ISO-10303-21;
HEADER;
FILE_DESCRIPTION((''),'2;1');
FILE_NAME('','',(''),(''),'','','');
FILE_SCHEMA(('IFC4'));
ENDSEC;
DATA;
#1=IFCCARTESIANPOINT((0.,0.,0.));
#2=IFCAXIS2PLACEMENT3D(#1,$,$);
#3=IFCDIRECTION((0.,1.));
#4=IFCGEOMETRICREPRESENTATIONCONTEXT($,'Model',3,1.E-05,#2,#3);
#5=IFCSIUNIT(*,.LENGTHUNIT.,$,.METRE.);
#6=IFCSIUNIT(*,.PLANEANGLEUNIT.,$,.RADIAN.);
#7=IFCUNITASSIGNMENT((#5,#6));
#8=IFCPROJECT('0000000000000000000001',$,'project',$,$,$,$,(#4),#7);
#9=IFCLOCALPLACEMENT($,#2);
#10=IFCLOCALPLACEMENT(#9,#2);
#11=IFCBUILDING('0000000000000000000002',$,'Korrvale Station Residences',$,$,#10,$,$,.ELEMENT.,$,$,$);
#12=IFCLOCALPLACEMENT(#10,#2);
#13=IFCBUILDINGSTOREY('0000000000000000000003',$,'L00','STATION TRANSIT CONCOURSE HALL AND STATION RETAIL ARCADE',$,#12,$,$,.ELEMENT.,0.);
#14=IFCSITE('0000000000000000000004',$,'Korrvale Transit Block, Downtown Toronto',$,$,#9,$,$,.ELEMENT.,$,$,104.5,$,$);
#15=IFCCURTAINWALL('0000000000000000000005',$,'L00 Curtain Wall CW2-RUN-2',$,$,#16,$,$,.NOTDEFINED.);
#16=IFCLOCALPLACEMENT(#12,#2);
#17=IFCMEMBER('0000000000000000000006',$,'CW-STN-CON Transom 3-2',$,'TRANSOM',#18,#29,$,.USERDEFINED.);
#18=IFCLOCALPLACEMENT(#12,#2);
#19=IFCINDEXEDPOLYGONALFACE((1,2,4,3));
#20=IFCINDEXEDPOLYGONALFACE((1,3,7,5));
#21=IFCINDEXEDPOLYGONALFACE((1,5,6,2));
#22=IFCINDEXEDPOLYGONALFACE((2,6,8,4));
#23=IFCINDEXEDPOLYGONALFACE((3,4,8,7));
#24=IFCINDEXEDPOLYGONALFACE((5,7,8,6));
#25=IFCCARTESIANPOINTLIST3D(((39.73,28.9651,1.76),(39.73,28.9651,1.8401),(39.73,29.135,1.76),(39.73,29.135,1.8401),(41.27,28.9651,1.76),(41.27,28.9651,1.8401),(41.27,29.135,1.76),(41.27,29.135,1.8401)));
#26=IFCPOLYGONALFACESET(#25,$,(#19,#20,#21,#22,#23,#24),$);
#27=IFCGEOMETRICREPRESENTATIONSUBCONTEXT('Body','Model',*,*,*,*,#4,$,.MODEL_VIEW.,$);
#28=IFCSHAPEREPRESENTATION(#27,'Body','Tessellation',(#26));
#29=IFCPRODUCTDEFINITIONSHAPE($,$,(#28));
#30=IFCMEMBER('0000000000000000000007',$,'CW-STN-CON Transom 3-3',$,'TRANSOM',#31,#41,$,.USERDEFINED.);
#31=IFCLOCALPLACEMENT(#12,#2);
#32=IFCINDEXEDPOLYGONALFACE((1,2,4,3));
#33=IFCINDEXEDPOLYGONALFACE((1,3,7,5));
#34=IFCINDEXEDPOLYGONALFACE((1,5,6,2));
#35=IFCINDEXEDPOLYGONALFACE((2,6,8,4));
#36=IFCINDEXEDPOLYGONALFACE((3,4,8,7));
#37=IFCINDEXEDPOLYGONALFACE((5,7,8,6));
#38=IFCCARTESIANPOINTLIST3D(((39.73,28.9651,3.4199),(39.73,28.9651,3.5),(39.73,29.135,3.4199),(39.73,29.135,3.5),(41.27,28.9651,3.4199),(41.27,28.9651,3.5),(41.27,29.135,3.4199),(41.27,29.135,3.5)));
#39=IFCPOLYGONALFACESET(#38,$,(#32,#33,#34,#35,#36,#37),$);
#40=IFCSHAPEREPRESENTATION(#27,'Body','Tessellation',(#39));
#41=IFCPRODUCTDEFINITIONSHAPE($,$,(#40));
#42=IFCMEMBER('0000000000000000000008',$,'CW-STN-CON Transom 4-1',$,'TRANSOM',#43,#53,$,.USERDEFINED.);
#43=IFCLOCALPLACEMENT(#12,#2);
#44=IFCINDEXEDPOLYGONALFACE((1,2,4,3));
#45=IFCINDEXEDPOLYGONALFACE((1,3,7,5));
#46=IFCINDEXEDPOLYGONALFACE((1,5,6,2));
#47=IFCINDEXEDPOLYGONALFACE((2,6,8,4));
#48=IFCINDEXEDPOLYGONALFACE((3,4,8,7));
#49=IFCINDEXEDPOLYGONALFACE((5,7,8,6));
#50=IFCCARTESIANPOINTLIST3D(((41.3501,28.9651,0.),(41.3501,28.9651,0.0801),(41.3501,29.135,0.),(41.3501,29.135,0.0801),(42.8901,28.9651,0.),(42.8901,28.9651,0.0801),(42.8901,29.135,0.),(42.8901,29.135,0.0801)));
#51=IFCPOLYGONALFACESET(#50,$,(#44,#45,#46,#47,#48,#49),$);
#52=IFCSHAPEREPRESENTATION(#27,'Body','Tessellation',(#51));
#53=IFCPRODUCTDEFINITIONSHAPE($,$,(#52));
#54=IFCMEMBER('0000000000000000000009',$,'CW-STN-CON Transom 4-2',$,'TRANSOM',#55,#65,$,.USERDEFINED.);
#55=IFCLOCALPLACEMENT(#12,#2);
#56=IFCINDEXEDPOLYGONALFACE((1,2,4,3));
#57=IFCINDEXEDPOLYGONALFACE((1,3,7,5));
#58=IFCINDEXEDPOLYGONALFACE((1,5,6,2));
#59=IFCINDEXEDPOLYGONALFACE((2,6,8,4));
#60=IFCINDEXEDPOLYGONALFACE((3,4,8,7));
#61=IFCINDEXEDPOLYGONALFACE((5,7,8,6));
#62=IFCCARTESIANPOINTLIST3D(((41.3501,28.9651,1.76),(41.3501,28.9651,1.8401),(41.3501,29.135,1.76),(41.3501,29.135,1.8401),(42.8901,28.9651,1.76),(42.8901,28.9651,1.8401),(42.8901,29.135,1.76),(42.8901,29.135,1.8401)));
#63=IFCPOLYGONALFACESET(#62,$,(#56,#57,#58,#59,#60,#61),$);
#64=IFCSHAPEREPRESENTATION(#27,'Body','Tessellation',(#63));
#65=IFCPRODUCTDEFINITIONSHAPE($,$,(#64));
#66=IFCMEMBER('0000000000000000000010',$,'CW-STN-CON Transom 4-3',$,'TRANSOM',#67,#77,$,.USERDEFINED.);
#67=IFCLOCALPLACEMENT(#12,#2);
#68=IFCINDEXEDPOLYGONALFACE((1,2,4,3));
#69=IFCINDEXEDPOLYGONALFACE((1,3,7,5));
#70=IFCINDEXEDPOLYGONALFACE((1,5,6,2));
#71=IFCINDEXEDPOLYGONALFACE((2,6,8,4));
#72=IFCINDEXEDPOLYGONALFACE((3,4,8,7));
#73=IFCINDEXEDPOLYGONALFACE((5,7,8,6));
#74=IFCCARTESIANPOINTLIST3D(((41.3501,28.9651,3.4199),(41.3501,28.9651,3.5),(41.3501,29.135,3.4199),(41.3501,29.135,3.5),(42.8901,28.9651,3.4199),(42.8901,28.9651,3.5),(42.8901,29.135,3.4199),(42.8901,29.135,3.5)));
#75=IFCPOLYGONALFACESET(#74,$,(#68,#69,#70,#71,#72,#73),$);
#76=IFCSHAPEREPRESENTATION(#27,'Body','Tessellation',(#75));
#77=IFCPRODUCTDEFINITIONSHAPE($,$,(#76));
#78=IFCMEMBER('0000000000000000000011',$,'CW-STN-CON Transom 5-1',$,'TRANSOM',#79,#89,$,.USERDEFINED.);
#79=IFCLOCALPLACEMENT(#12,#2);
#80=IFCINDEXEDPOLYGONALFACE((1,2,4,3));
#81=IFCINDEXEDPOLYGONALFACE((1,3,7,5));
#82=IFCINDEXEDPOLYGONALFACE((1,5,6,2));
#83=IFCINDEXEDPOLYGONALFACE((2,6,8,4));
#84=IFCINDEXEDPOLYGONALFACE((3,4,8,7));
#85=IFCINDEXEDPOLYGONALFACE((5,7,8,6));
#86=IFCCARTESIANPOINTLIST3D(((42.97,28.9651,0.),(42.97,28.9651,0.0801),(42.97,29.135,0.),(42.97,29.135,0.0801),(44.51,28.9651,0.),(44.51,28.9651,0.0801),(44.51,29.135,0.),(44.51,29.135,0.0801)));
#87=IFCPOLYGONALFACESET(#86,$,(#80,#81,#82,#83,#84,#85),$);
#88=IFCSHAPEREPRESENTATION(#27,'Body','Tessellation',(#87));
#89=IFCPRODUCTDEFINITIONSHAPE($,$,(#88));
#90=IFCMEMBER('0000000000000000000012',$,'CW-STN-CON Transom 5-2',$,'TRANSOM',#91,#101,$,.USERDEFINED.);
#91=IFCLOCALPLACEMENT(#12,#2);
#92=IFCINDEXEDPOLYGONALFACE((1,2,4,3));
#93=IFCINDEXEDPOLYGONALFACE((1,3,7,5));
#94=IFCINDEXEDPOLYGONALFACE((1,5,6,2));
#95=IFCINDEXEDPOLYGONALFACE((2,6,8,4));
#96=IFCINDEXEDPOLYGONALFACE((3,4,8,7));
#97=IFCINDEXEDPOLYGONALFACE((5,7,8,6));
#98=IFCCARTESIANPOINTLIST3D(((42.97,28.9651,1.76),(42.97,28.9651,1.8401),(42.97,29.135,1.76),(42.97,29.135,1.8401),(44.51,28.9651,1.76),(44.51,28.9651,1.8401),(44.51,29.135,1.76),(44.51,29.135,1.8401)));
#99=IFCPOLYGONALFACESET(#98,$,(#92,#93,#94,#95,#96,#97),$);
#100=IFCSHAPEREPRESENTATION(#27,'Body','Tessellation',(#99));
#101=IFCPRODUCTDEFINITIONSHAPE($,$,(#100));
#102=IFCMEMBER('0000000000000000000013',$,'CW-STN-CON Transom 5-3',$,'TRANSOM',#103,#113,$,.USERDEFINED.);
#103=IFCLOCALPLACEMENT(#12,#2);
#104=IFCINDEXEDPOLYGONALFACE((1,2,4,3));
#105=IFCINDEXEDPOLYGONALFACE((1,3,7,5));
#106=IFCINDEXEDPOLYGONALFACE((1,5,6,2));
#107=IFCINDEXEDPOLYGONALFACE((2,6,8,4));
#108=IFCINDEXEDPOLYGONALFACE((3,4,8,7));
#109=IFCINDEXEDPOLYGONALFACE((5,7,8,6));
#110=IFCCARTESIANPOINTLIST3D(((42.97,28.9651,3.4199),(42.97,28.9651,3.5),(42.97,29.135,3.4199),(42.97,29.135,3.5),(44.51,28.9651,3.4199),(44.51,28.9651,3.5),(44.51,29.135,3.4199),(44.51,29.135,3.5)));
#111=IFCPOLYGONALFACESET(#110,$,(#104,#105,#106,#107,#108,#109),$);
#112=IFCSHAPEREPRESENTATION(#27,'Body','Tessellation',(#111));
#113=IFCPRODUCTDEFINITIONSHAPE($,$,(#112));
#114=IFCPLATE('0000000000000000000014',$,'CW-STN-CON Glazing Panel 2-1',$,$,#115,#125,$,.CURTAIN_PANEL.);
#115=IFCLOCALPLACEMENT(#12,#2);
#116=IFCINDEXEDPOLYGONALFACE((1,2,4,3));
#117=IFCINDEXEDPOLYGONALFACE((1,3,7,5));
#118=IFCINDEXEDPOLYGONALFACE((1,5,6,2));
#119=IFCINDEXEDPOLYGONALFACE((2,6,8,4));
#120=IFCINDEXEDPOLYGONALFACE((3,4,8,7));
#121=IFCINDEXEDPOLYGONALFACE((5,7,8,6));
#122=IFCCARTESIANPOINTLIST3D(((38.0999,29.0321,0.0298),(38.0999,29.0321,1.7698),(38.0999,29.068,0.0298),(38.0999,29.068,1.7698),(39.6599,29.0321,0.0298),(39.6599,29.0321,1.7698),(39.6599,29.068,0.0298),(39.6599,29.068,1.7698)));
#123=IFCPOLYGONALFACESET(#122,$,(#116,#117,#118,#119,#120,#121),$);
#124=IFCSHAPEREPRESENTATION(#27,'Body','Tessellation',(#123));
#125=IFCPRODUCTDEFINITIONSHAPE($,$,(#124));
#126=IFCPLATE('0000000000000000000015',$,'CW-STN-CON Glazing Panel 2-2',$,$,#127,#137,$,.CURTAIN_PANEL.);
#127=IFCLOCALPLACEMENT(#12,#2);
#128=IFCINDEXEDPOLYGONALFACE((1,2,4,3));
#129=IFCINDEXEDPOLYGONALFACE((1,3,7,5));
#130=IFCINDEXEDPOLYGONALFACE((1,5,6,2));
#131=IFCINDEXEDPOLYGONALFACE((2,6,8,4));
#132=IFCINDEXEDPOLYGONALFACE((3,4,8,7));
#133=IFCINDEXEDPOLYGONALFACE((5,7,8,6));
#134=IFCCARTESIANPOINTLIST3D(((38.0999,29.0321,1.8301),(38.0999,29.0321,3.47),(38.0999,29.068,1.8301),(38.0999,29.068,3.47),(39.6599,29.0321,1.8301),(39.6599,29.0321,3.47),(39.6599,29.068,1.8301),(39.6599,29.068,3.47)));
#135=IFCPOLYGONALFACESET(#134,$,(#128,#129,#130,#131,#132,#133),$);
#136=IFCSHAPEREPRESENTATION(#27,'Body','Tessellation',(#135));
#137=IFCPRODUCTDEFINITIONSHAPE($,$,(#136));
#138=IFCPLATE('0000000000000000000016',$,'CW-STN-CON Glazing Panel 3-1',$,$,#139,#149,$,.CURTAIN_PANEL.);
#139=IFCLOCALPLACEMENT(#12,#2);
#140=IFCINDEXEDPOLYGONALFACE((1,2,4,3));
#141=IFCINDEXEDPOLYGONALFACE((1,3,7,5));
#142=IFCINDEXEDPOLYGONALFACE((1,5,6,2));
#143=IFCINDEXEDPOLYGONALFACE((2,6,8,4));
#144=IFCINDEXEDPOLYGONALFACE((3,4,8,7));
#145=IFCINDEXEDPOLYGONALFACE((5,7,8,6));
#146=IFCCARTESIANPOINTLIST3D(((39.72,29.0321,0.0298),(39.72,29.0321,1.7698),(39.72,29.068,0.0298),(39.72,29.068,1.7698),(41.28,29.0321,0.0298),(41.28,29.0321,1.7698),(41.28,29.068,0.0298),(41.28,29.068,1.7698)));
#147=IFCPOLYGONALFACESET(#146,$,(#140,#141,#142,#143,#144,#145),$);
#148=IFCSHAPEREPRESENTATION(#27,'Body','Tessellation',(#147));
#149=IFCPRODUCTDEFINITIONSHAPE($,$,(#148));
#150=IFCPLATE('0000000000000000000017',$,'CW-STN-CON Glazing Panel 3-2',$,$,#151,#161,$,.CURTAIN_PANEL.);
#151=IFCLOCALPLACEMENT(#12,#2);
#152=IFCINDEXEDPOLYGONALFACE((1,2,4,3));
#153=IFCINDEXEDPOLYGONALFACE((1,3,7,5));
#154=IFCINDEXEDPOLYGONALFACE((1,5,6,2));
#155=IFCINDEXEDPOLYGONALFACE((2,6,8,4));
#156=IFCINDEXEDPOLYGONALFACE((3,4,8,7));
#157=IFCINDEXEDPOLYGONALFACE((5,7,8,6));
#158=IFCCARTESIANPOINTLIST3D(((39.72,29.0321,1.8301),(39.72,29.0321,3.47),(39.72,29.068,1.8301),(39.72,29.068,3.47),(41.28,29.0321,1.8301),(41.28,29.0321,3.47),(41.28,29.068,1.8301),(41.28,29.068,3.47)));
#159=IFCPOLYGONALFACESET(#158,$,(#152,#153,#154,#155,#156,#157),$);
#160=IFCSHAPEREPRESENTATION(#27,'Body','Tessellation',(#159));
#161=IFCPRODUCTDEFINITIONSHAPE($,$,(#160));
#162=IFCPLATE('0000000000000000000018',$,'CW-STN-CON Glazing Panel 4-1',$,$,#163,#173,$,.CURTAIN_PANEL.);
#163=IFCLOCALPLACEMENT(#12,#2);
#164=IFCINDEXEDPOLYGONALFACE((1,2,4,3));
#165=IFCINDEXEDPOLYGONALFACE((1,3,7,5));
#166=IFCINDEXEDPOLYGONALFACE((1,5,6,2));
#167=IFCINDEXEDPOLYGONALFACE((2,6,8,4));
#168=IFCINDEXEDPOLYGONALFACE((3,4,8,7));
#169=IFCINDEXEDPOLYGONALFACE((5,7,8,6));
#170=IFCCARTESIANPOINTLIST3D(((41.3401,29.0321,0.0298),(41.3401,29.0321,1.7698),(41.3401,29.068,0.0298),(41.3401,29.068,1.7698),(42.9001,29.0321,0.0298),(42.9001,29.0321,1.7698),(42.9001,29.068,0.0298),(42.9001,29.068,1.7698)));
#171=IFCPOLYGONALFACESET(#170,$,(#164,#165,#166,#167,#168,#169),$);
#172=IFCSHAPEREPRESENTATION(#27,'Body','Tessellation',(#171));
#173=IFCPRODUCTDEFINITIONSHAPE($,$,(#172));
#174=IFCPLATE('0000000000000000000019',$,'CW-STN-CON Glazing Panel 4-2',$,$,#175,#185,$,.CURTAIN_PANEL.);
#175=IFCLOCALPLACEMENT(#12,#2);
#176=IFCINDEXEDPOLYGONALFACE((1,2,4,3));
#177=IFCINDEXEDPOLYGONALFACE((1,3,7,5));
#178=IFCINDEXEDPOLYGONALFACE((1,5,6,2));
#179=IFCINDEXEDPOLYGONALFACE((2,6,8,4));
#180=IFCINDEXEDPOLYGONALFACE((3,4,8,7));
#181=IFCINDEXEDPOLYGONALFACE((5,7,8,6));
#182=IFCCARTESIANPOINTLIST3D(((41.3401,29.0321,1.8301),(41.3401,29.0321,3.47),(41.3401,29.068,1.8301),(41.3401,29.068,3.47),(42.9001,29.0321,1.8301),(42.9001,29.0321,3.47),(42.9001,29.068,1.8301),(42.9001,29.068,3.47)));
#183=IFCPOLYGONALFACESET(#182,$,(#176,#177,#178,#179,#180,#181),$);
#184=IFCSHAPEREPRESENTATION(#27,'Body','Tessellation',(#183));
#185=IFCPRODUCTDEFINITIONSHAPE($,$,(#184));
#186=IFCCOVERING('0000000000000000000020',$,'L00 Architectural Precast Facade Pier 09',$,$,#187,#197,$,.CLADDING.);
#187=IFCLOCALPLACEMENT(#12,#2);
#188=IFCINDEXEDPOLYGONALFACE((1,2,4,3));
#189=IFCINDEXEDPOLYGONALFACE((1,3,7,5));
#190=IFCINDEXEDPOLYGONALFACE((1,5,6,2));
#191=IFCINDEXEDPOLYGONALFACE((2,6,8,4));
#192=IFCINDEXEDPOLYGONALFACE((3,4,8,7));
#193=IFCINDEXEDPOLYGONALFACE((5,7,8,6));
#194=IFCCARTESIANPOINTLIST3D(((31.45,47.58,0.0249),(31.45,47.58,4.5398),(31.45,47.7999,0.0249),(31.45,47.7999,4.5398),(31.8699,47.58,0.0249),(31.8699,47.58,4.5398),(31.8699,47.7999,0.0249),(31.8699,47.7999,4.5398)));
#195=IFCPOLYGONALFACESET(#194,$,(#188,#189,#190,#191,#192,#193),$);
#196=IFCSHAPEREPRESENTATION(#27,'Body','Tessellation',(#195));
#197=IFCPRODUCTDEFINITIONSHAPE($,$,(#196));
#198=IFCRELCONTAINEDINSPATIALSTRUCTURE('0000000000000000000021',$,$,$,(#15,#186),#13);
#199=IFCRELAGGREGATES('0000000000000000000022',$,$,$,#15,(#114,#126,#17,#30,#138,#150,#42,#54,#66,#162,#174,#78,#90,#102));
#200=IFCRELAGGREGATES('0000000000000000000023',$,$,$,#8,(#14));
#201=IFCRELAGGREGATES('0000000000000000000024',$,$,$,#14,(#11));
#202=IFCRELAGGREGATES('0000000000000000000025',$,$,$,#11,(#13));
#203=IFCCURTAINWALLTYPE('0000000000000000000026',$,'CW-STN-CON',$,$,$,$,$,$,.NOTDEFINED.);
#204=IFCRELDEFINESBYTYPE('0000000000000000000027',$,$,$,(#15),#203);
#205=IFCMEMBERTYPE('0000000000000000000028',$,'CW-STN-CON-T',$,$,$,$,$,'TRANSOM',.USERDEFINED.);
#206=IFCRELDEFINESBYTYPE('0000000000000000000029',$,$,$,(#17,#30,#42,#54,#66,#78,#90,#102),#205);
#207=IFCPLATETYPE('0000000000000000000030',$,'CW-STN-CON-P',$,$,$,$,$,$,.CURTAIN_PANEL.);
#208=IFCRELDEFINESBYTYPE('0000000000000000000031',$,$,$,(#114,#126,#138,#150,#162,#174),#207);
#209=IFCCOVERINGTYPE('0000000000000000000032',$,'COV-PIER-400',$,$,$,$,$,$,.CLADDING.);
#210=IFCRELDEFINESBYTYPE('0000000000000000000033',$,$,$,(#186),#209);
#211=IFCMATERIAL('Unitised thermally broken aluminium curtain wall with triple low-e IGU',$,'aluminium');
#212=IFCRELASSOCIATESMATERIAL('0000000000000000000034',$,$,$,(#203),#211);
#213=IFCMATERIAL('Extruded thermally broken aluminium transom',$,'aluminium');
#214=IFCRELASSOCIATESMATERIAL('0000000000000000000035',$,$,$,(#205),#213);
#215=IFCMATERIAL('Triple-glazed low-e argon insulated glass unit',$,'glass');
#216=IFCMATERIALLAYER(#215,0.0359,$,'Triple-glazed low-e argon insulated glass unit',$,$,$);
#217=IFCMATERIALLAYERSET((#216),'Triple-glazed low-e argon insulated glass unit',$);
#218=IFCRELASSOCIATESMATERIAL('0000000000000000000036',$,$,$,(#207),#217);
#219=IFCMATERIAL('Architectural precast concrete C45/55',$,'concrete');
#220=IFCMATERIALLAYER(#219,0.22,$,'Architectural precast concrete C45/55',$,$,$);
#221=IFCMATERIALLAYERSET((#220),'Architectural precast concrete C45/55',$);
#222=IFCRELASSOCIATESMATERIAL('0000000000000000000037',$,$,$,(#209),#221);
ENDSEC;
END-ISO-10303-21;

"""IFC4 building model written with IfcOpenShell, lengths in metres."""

from ifc_helpers import new_model, si_unit, direction, frame, origin, origin_2d, place, context, subcontext, project, spatial, rectangle, extrude, material, layer, layer_set, type_object, element, aggregate, save


model = new_model("IFC4")

# Units and contexts
model_context = context("Model", 3, precision=1e-05, world=origin(), true_north=direction((0.0, 1.0)))
body_context = subcontext(model_context, "Body", "Model", "MODEL_VIEW")
ifc_project = project(units=[si_unit("LENGTHUNIT", "METRE"), si_unit("PLANEANGLEUNIT", "RADIAN")], contexts=[model_context])

# Site, building, storey
site_placement = place(None, origin())
site = spatial("IfcSite", under=ifc_project, at=site_placement, Name="Korrvale Transit Block, Downtown Toronto", CompositionType="ELEMENT", RefElevation=104.5)
building_placement = place(site_placement, origin())
building = spatial("IfcBuilding", under=site, at=building_placement, Name="Korrvale Station Residences", CompositionType="ELEMENT")
storey_placement = place(building_placement, origin())
storey = spatial("IfcBuildingStorey", under=building, at=storey_placement, Name="L00", Description="STATION TRANSIT CONCOURSE HALL AND STATION RETAIL ARCADE", CompositionType="ELEMENT", Elevation=0.0)

# Curtain wall, members, plates
ifc_material_1 = material(Name="Unitised thermally broken aluminium curtain wall with triple low-e IGU", Category="aluminium")
curtain_wall_type = type_object("IfcCurtainWallType", Name="CW-STN-CON", PredefinedType="NOTDEFINED", material=ifc_material_1)
curtain_wall_placement = place(storey_placement, origin())
curtain_wall = element("IfcCurtainWall", 1, at=curtain_wall_placement, inside=storey, type_object=curtain_wall_type, Name="L00 Curtain Wall CW2-RUN-2", PredefinedType="NOTDEFINED")
ifc_material_2 = material(Name="Extruded thermally broken aluminium transom", Category="aluminium")
member_type_1 = type_object("IfcMemberType", Name="CW-STN-CON-T", ElementType="TRANSOM", PredefinedType="USERDEFINED", material=ifc_material_2)
member_1_placement = place(storey_placement, frame((40.5, 29.05, 1.76), z_axis=(0.0, 0.0, 1.0), x_axis=(1.0, 0.0, 0.0)))
member_1 = element("IfcMember", 2, at=member_1_placement, type_object=member_type_1, Name="CW-STN-CON Transom 3-2", ObjectType="TRANSOM", PredefinedType="USERDEFINED", context=body_context, shape_type="SweptSolid", body=[
    extrude(rectangle(XDim=1.54, YDim=0.1699, at=origin_2d()), origin(), (0.0, 0.0, 1.0), 0.0801),
])
member_2_placement = place(storey_placement, frame((40.5, 29.05, 3.4199), z_axis=(0.0, 0.0, 1.0), x_axis=(1.0, 0.0, 0.0)))
member_2 = element("IfcMember", 3, at=member_2_placement, type_object=member_type_1, Name="CW-STN-CON Transom 3-3", ObjectType="TRANSOM", PredefinedType="USERDEFINED", context=body_context, shape_type="SweptSolid", body=[
    extrude(rectangle(XDim=1.54, YDim=0.1699, at=origin_2d()), origin(), (0.0, 0.0, 1.0), 0.0801),
])
member_3_placement = place(storey_placement, frame((42.1201, 29.05, 0.0), z_axis=(0.0, 0.0, 1.0), x_axis=(1.0, 0.0, 0.0)))
member_3 = element("IfcMember", 4, at=member_3_placement, type_object=member_type_1, Name="CW-STN-CON Transom 4-1", ObjectType="TRANSOM", PredefinedType="USERDEFINED", context=body_context, shape_type="SweptSolid", body=[
    extrude(rectangle(XDim=1.54, YDim=0.1699, at=origin_2d()), origin(), (0.0, 0.0, 1.0), 0.0801),
])
member_4_placement = place(storey_placement, frame((42.1201, 29.05, 1.76), z_axis=(0.0, 0.0, 1.0), x_axis=(1.0, 0.0, 0.0)))
member_4 = element("IfcMember", 5, at=member_4_placement, type_object=member_type_1, Name="CW-STN-CON Transom 4-2", ObjectType="TRANSOM", PredefinedType="USERDEFINED", context=body_context, shape_type="SweptSolid", body=[
    extrude(rectangle(XDim=1.54, YDim=0.1699, at=origin_2d()), origin(), (0.0, 0.0, 1.0), 0.0801),
])
member_5_placement = place(storey_placement, frame((42.1201, 29.05, 3.4199), z_axis=(0.0, 0.0, 1.0), x_axis=(1.0, 0.0, 0.0)))
member_5 = element("IfcMember", 6, at=member_5_placement, type_object=member_type_1, Name="CW-STN-CON Transom 4-3", ObjectType="TRANSOM", PredefinedType="USERDEFINED", context=body_context, shape_type="SweptSolid", body=[
    extrude(rectangle(XDim=1.54, YDim=0.1699, at=origin_2d()), origin(), (0.0, 0.0, 1.0), 0.0801),
])
member_6_placement = place(storey_placement, frame((43.74, 29.05, 0.0), z_axis=(0.0, 0.0, 1.0), x_axis=(1.0, 0.0, 0.0)))
member_6 = element("IfcMember", 7, at=member_6_placement, type_object=member_type_1, Name="CW-STN-CON Transom 5-1", ObjectType="TRANSOM", PredefinedType="USERDEFINED", context=body_context, shape_type="SweptSolid", body=[
    extrude(rectangle(XDim=1.54, YDim=0.1699, at=origin_2d()), origin(), (0.0, 0.0, 1.0), 0.0801),
])
member_7_placement = place(storey_placement, frame((43.74, 29.05, 1.76), z_axis=(0.0, 0.0, 1.0), x_axis=(1.0, 0.0, 0.0)))
member_7 = element("IfcMember", 8, at=member_7_placement, type_object=member_type_1, Name="CW-STN-CON Transom 5-2", ObjectType="TRANSOM", PredefinedType="USERDEFINED", context=body_context, shape_type="SweptSolid", body=[
    extrude(rectangle(XDim=1.54, YDim=0.1699, at=origin_2d()), origin(), (0.0, 0.0, 1.0), 0.0801),
])
member_8_placement = place(storey_placement, frame((43.74, 29.05, 3.4199), z_axis=(0.0, 0.0, 1.0), x_axis=(1.0, 0.0, 0.0)))
member_8 = element("IfcMember", 9, at=member_8_placement, type_object=member_type_1, Name="CW-STN-CON Transom 5-3", ObjectType="TRANSOM", PredefinedType="USERDEFINED", context=body_context, shape_type="SweptSolid", body=[
    extrude(rectangle(XDim=1.54, YDim=0.1699, at=origin_2d()), origin(), (0.0, 0.0, 1.0), 0.0801),
])
ifc_material_3 = material(Name="Triple-glazed low-e argon insulated glass unit", Category="glass")
ifc_layer_1 = layer(ifc_material_3, 0.0359, Name="Triple-glazed low-e argon insulated glass unit")
ifc_layer_set_1 = layer_set([ifc_layer_1], Name="Triple-glazed low-e argon insulated glass unit")
plate_type = type_object("IfcPlateType", Name="CW-STN-CON-P", PredefinedType="CURTAIN_PANEL", material=ifc_layer_set_1)
plate_1_placement = place(storey_placement, frame((38.8799, 29.05, 0.0298), z_axis=(0.0, 0.0, 1.0), x_axis=(1.0, 0.0, 0.0)))
plate_1 = element("IfcPlate", 10, at=plate_1_placement, type_object=plate_type, Name="CW-STN-CON Glazing Panel 2-1", PredefinedType="CURTAIN_PANEL", context=body_context, shape_type="SweptSolid", body=[
    extrude(rectangle(XDim=1.5601, YDim=0.0359, at=origin_2d()), origin(), (0.0, 0.0, 1.0), 1.74),
])
plate_2_placement = place(storey_placement, frame((38.8799, 29.05, 1.8301), z_axis=(0.0, 0.0, 1.0), x_axis=(1.0, 0.0, 0.0)))
plate_2 = element("IfcPlate", 11, at=plate_2_placement, type_object=plate_type, Name="CW-STN-CON Glazing Panel 2-2", PredefinedType="CURTAIN_PANEL", context=body_context, shape_type="SweptSolid", body=[
    extrude(rectangle(XDim=1.5601, YDim=0.0359, at=origin_2d()), origin(), (0.0, 0.0, 1.0), 1.6399),
])
plate_3_placement = place(storey_placement, frame((40.5, 29.05, 0.0298), z_axis=(0.0, 0.0, 1.0), x_axis=(1.0, 0.0, 0.0)))
plate_3 = element("IfcPlate", 12, at=plate_3_placement, type_object=plate_type, Name="CW-STN-CON Glazing Panel 3-1", PredefinedType="CURTAIN_PANEL", context=body_context, shape_type="SweptSolid", body=[
    extrude(rectangle(XDim=1.5601, YDim=0.0359, at=origin_2d()), origin(), (0.0, 0.0, 1.0), 1.74),
])
plate_4_placement = place(storey_placement, frame((40.5, 29.05, 1.8301), z_axis=(0.0, 0.0, 1.0), x_axis=(1.0, 0.0, 0.0)))
plate_4 = element("IfcPlate", 13, at=plate_4_placement, type_object=plate_type, Name="CW-STN-CON Glazing Panel 3-2", PredefinedType="CURTAIN_PANEL", context=body_context, shape_type="SweptSolid", body=[
    extrude(rectangle(XDim=1.5601, YDim=0.0359, at=origin_2d()), origin(), (0.0, 0.0, 1.0), 1.6399),
])
plate_5_placement = place(storey_placement, frame((42.1201, 29.05, 0.0298), z_axis=(0.0, 0.0, 1.0), x_axis=(1.0, 0.0, 0.0)))
plate_5 = element("IfcPlate", 14, at=plate_5_placement, type_object=plate_type, Name="CW-STN-CON Glazing Panel 4-1", PredefinedType="CURTAIN_PANEL", context=body_context, shape_type="SweptSolid", body=[
    extrude(rectangle(XDim=1.5601, YDim=0.0359, at=origin_2d()), origin(), (0.0, 0.0, 1.0), 1.74),
])
plate_6_placement = place(storey_placement, frame((42.1201, 29.05, 1.8301), z_axis=(0.0, 0.0, 1.0), x_axis=(1.0, 0.0, 0.0)))
plate_6 = element("IfcPlate", 15, at=plate_6_placement, type_object=plate_type, Name="CW-STN-CON Glazing Panel 4-2", PredefinedType="CURTAIN_PANEL", context=body_context, shape_type="SweptSolid", body=[
    extrude(rectangle(XDim=1.5601, YDim=0.0359, at=origin_2d()), origin(), (0.0, 0.0, 1.0), 1.6399),
])
aggregate(curtain_wall, [plate_1, plate_2, member_1, member_2, plate_3, plate_4, member_3, member_4, member_5, plate_5, plate_6, member_6, member_7, member_8])

# Covering
ifc_material_4 = material(Name="Architectural precast concrete C45/55", Category="concrete")
ifc_layer_2 = layer(ifc_material_4, 0.22, Name="Architectural precast concrete C45/55")
ifc_layer_set_2 = layer_set([ifc_layer_2], Name="Architectural precast concrete C45/55")
covering_type = type_object("IfcCoveringType", Name="COV-PIER-400", PredefinedType="CLADDING", material=ifc_layer_set_2)
for number, where, z_axis, x_axis, name in (
    (16, (31.6599, 47.6899, 0.0249), (0.0, 0.0, 1.0), (1.0, 0.0, 0.0), "L00 Architectural Precast Facade Pier 09"),
):
    element("IfcCovering", number, at=place(storey_placement, frame(where, z_axis=z_axis, x_axis=x_axis)), inside=storey, type_object=covering_type, Name=name, PredefinedType="CLADDING", context=body_context, shape_type="SweptSolid", body=[
        extrude(rectangle(XDim=0.4199, YDim=0.22, at=origin_2d()), origin(), (0.0, 0.0, 1.0), 4.5149),
    ])

save(model, "model.ifc")
